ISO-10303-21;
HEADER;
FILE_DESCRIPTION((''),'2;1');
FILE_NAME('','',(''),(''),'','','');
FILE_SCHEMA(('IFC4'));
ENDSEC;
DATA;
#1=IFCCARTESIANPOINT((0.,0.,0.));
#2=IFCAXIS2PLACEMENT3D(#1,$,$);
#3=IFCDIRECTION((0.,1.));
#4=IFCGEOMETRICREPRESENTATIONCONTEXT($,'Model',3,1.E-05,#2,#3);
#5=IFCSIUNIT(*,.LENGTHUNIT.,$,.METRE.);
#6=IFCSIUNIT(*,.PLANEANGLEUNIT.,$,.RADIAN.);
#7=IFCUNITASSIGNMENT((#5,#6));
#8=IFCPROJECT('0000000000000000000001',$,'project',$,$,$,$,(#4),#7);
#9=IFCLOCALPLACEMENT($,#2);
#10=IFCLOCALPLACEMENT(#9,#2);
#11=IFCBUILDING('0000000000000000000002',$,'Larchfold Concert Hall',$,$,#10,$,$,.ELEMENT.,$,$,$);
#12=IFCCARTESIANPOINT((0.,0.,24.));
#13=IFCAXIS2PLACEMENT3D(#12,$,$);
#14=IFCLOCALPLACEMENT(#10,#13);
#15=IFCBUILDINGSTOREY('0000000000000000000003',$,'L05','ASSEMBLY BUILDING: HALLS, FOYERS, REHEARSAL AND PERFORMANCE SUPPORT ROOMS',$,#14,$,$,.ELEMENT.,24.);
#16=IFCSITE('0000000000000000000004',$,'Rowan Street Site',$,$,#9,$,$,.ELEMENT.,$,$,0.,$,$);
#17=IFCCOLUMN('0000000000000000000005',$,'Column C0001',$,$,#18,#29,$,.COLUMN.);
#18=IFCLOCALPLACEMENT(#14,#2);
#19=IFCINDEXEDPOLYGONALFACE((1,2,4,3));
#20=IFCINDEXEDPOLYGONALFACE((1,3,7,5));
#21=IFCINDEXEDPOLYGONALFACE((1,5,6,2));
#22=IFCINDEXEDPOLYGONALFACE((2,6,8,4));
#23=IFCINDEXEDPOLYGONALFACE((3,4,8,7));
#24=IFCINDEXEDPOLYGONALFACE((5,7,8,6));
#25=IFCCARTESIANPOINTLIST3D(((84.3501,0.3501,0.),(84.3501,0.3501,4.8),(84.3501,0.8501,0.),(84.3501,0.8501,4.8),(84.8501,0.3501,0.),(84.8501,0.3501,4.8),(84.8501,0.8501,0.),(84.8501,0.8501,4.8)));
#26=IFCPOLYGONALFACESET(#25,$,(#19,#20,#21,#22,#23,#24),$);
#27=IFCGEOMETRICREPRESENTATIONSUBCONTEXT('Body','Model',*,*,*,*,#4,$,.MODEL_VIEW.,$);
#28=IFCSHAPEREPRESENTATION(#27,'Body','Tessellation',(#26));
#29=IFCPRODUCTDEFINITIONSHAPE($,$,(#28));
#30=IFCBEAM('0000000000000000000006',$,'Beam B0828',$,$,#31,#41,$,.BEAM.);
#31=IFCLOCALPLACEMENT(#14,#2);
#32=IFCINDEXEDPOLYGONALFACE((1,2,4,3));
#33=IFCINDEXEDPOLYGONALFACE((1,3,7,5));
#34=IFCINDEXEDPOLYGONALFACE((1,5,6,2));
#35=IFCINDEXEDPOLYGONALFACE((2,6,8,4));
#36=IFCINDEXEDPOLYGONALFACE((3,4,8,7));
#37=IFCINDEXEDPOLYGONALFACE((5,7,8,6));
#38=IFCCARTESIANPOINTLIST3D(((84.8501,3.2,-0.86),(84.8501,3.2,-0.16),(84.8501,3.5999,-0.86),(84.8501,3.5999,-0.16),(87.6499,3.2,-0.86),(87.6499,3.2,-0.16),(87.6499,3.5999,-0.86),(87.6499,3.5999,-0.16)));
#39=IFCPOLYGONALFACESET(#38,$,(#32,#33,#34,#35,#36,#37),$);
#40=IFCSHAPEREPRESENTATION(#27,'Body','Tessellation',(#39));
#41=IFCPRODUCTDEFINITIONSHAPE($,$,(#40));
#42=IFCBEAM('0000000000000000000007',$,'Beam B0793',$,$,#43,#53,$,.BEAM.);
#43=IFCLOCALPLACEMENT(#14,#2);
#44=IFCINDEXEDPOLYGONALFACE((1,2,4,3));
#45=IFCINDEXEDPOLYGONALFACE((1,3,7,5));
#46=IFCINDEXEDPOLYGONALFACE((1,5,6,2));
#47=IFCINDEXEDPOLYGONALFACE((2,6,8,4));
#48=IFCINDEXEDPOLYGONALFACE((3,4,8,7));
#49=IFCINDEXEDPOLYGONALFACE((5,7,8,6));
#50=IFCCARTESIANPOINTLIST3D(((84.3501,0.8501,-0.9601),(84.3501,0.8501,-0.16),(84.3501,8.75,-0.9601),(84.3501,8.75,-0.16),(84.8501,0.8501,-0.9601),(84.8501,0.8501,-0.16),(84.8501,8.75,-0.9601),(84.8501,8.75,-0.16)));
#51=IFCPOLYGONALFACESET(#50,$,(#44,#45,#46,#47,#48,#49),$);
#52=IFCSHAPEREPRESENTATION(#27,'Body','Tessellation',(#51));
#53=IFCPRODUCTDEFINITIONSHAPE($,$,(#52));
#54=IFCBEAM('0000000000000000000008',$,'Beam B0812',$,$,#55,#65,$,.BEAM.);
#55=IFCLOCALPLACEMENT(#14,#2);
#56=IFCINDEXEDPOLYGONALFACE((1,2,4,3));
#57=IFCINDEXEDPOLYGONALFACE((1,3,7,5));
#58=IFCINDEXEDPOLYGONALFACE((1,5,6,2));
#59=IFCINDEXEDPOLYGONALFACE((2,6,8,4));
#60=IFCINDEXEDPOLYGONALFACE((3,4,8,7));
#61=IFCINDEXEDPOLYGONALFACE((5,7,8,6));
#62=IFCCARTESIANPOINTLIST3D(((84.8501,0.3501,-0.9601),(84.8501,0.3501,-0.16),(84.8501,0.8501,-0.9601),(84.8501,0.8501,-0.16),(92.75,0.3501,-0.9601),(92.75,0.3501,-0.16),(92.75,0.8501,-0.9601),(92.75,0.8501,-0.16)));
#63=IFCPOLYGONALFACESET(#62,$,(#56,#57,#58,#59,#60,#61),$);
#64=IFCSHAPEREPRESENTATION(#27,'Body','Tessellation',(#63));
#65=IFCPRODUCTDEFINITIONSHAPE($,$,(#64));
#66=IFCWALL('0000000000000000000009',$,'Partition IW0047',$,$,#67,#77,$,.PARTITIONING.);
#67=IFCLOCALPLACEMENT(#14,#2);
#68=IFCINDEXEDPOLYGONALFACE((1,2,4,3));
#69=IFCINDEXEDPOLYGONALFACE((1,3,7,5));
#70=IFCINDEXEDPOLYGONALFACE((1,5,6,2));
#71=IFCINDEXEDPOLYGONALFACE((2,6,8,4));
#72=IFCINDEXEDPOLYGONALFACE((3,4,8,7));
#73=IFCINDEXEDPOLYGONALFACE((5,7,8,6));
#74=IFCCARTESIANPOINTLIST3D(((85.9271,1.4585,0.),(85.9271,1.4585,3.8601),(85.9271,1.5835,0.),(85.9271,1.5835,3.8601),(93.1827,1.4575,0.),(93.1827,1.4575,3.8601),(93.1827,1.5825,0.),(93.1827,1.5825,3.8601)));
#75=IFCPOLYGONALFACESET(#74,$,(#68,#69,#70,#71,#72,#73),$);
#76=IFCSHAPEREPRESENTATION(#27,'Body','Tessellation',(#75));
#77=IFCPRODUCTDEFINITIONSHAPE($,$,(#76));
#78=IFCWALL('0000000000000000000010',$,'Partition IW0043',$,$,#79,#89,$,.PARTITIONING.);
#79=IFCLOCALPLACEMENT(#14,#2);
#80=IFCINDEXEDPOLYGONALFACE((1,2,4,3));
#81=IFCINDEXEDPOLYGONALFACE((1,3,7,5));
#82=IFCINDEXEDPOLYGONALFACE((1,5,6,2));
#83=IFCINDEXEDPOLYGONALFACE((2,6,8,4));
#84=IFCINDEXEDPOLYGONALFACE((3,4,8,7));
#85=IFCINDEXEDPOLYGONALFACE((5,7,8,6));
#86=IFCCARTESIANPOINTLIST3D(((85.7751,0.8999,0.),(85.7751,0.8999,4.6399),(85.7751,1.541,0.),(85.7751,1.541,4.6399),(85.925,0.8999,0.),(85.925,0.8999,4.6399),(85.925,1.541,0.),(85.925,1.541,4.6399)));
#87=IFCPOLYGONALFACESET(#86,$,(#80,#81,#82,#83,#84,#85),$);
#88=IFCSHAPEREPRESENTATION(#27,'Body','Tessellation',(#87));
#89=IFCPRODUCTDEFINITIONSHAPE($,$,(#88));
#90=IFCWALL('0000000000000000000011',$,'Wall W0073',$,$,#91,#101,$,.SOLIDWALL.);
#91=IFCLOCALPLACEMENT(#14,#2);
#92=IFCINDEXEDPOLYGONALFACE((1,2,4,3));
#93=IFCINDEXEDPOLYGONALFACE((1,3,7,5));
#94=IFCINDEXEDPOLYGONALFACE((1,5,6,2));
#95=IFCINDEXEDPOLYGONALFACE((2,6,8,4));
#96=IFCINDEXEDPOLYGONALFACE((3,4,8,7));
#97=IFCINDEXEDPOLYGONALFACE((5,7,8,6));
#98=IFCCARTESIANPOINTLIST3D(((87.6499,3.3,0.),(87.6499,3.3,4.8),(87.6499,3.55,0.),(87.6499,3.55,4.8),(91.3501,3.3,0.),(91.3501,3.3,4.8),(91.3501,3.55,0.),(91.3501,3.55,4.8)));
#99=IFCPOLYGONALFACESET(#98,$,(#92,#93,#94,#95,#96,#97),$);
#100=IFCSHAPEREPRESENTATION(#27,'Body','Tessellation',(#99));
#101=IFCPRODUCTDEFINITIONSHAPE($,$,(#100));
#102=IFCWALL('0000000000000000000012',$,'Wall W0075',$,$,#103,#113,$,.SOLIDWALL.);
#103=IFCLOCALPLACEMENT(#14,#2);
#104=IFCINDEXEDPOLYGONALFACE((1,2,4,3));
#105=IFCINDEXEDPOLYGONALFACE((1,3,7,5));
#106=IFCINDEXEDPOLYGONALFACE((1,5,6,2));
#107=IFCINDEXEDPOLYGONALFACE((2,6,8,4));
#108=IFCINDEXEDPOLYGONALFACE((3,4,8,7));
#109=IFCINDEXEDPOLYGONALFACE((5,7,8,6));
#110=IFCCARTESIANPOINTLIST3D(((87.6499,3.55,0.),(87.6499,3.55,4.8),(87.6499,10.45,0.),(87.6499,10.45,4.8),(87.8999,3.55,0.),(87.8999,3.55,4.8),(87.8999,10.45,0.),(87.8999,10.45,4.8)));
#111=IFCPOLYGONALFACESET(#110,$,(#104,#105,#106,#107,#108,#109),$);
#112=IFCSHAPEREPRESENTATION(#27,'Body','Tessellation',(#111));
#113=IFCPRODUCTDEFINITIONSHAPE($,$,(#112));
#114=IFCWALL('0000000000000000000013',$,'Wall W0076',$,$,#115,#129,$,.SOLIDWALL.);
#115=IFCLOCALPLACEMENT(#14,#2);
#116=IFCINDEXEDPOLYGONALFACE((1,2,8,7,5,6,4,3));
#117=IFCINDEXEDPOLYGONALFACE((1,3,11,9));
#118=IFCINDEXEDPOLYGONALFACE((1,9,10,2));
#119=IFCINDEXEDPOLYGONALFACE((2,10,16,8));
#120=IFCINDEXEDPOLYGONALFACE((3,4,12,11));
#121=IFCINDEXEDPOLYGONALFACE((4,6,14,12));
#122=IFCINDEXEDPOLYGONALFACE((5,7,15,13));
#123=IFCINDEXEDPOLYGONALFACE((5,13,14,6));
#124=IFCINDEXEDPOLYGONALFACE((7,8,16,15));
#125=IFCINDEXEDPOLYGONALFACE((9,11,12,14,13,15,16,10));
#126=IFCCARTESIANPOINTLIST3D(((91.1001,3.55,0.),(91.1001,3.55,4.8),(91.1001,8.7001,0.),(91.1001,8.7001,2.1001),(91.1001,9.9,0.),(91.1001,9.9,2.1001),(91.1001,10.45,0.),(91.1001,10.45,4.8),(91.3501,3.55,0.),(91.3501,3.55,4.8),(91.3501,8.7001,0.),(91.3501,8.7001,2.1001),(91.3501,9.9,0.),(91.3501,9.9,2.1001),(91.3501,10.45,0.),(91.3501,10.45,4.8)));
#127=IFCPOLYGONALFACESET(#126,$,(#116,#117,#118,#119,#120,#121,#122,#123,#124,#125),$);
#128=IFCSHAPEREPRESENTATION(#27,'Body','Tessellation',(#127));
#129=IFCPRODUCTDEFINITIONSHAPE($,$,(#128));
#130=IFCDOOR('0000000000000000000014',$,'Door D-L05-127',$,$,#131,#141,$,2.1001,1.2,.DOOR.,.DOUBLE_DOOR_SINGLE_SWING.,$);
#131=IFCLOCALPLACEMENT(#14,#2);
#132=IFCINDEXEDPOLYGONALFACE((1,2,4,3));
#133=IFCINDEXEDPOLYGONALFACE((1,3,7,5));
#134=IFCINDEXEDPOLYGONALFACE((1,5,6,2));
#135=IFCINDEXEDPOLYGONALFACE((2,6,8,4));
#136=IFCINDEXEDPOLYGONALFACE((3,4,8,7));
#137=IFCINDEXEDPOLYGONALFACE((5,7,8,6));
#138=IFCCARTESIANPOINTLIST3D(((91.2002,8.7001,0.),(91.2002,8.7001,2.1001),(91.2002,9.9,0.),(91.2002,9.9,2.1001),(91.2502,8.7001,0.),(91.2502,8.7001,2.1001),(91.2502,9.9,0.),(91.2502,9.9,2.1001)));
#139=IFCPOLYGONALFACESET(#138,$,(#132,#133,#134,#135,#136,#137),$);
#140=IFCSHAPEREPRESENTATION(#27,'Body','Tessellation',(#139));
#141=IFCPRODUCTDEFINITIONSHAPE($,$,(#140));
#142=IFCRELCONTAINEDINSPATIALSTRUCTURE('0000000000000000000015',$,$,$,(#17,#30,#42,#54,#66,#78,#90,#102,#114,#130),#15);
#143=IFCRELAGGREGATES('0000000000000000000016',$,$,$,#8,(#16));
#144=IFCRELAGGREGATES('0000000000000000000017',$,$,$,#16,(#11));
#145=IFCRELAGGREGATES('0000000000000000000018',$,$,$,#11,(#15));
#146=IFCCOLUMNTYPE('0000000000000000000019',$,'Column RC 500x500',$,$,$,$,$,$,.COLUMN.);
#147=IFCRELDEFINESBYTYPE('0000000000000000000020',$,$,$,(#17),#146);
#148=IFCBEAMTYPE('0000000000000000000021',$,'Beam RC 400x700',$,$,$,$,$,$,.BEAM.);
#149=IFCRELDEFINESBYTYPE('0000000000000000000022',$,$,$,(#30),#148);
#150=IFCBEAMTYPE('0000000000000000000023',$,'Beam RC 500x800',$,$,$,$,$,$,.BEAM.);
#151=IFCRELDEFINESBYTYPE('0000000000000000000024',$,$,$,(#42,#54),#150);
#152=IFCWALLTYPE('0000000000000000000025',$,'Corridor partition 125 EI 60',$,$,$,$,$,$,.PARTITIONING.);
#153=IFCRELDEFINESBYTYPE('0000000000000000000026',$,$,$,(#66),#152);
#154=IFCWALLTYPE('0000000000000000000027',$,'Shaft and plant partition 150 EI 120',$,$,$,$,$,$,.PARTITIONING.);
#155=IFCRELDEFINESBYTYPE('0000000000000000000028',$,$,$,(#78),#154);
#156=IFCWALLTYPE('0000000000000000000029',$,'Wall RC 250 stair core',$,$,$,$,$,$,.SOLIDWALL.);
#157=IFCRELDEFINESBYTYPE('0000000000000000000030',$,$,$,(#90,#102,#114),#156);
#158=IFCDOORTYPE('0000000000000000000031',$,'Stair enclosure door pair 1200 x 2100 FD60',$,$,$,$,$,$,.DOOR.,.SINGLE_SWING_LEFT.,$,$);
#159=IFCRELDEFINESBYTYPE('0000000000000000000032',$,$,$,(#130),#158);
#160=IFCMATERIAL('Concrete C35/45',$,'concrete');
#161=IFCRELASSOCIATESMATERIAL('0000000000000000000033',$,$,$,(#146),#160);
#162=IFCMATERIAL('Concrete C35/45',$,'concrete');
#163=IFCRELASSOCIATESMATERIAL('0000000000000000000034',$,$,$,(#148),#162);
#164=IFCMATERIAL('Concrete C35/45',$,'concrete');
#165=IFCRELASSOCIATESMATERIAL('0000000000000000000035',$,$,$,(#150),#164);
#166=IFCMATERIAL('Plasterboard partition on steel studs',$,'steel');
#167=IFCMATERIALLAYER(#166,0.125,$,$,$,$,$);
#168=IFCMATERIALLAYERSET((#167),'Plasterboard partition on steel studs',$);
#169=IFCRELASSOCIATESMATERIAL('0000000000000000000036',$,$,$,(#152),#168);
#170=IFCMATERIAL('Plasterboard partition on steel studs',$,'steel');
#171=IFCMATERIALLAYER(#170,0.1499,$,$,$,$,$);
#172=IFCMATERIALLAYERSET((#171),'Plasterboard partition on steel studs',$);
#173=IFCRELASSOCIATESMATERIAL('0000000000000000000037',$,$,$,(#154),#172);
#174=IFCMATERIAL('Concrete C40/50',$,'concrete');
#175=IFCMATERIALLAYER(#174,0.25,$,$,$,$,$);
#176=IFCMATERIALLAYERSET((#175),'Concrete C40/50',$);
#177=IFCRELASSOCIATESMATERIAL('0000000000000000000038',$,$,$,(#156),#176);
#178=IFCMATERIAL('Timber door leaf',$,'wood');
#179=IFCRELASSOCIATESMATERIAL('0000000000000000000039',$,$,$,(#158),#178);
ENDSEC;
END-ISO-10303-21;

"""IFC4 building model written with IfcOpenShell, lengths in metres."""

from ifc_helpers import new_model, si_unit, direction, frame, frame_2d, origin, origin_2d, place, context, subcontext, project, spatial, rectangle, extrude, material, layer, layer_set, material_profile, profile_set, type_object, element, fill, save


model = new_model("IFC4")

# Units and contexts
model_context = context("Model", 3, precision=1e-05, world=origin(), true_north=direction((0.0, 1.0)))
body_context = subcontext(model_context, "Body", "Model", "MODEL_VIEW")
ifc_project = project(units=[si_unit("LENGTHUNIT", "METRE"), si_unit("PLANEANGLEUNIT", "RADIAN")], contexts=[model_context])

# Site, building, storey
site_placement = place(None, origin())
site = spatial("IfcSite", under=ifc_project, at=site_placement, Name="Rowan Street Site", CompositionType="ELEMENT", RefElevation=0.0)
building_placement = place(site_placement, origin())
building = spatial("IfcBuilding", under=site, at=building_placement, Name="Larchfold Concert Hall", CompositionType="ELEMENT")
storey_placement = place(building_placement, frame((0.0, 0.0, 24.0)))
storey = spatial("IfcBuildingStorey", under=building, at=storey_placement, Name="L05", Description="ASSEMBLY BUILDING: HALLS, FOYERS, REHEARSAL AND PERFORMANCE SUPPORT ROOMS", CompositionType="ELEMENT", Elevation=24.0)

# Column
ifc_material_1 = material(Name="Concrete C35/45", Category="concrete")
ifc_material_profile_1 = material_profile(ifc_material_1, rectangle(XDim=0.5, YDim=0.5, at=origin_2d()))
ifc_profile_set_1 = profile_set([ifc_material_profile_1], Name="Concrete C35/45")
column_type = type_object("IfcColumnType", Name="Column RC 500x500", PredefinedType="COLUMN", material=ifc_profile_set_1)
column_placement = place(storey_placement, frame((84.6001, 0.6001, 0.0), z_axis=(0.0, 0.0, 1.0), x_axis=(1.0, 0.0, 0.0)))
element("IfcColumn", 1, at=column_placement, inside=storey, type_object=column_type, Name="Column C0001", PredefinedType="COLUMN", context=body_context, shape_type="SweptSolid", body=[
    extrude(rectangle(XDim=0.5, YDim=0.5, at=origin_2d()), origin(), (0.0, 0.0, 1.0), 4.8),
])

# Beams
ifc_material_2 = material(Name="Concrete C35/45", Category="concrete")
ifc_material_profile_2 = material_profile(ifc_material_2, rectangle(XDim=0.3999, YDim=0.7, at=origin_2d()))
ifc_profile_set_2 = profile_set([ifc_material_profile_2], Name="Concrete C35/45")
beam_type_1 = type_object("IfcBeamType", Name="Beam RC 400x700", PredefinedType="BEAM", material=ifc_profile_set_2)
beam_placement = place(storey_placement, frame((84.8501, 3.3999, -0.51), z_axis=(1.0, 0.0, 0.0), x_axis=(0.0, 1.0, 0.0)))
element("IfcBeam", 2, at=beam_placement, inside=storey, type_object=beam_type_1, Name="Beam B0828", PredefinedType="BEAM", context=body_context, shape_type="SweptSolid", body=[
    extrude(rectangle(XDim=0.3999, YDim=0.7, at=origin_2d()), origin(), (0.0, 0.0, 1.0), 2.7998),
])
ifc_material_3 = material(Name="Concrete C35/45", Category="concrete")
ifc_material_profile_3 = material_profile(ifc_material_3, rectangle(XDim=0.5, YDim=0.8, at=origin_2d()))
ifc_profile_set_3 = profile_set([ifc_material_profile_3], Name="Concrete C35/45")
beam_type_2 = type_object("IfcBeamType", Name="Beam RC 500x800", PredefinedType="BEAM", material=ifc_profile_set_3)
for number, where, z_axis, x_axis, name in (
    (3, (84.6001, 0.8501, -0.5601), (0.0, 1.0, 0.0), (-1.0, 0.0, 0.0), "Beam B0793"),
    (4, (84.8501, 0.6001, -0.5601), (1.0, 0.0, 0.0), (0.0, 1.0, 0.0), "Beam B0812"),
):
    element("IfcBeam", number, at=place(storey_placement, frame(where, z_axis=z_axis, x_axis=x_axis)), inside=storey, type_object=beam_type_2, Name=name, PredefinedType="BEAM", context=body_context, shape_type="SweptSolid", body=[
        extrude(rectangle(XDim=0.5, YDim=0.8, at=origin_2d()), origin(), (0.0, 0.0, 1.0), 7.8999),
    ])

# Walls
ifc_material_4 = material(Name="Plasterboard partition on steel studs", Category="steel")
ifc_layer_1 = layer(ifc_material_4, 0.125)
ifc_layer_set_1 = layer_set([ifc_layer_1], Name="Plasterboard partition on steel studs")
wall_type_1 = type_object("IfcWallType", Name="Corridor partition 125 EI 60", PredefinedType="PARTITIONING", material=ifc_layer_set_1)
wall_1_placement = place(storey_placement, frame((85.927, 1.521, 0.0), z_axis=(0.0, 0.0, 1.0), x_axis=(1.0, -0.000135, 0.0)))
element("IfcWall", 5, at=wall_1_placement, inside=storey, type_object=wall_type_1, Name="Partition IW0047", PredefinedType="PARTITIONING", context=body_context, shape_type="SweptSolid", body=[
    extrude(rectangle(XDim=7.2556, YDim=0.125, at=frame_2d((3.6279, 0.0))), origin(), (0.0, 0.0, 1.0), 3.8601),
])
ifc_material_5 = material(Name="Plasterboard partition on steel studs", Category="steel")
ifc_layer_2 = layer(ifc_material_5, 0.1499)
ifc_layer_set_2 = layer_set([ifc_layer_2], Name="Plasterboard partition on steel studs")
wall_type_2 = type_object("IfcWallType", Name="Shaft and plant partition 150 EI 120", PredefinedType="PARTITIONING", material=ifc_layer_set_2)
wall_2_placement = place(storey_placement, frame((85.8501, 1.541, 0.0), z_axis=(0.0, 0.0, 1.0), x_axis=(0.0, -1.0, 0.0)))
element("IfcWall", 6, at=wall_2_placement, inside=storey, type_object=wall_type_2, Name="Partition IW0043", PredefinedType="PARTITIONING", context=body_context, shape_type="SweptSolid", body=[
    extrude(rectangle(XDim=0.6411, YDim=0.1499, at=frame_2d((0.3206, 0.0))), origin(), (0.0, 0.0, 1.0), 4.6399),
])
ifc_material_6 = material(Name="Concrete C40/50", Category="concrete")
ifc_layer_3 = layer(ifc_material_6, 0.25)
ifc_layer_set_3 = layer_set([ifc_layer_3], Name="Concrete C40/50")
wall_type_3 = type_object("IfcWallType", Name="Wall RC 250 stair core", PredefinedType="SOLIDWALL", material=ifc_layer_set_3)
wall_3_placement = place(storey_placement, frame((87.6499, 3.425, 0.0), z_axis=(0.0, 0.0, 1.0), x_axis=(1.0, 0.0, 0.0)))
element("IfcWall", 7, at=wall_3_placement, inside=storey, type_object=wall_type_3, Name="Wall W0073", PredefinedType="SOLIDWALL", context=body_context, shape_type="SweptSolid", body=[
    extrude(rectangle(XDim=3.7002, YDim=0.25, at=frame_2d((1.8501, 0.0))), origin(), (0.0, 0.0, 1.0), 4.8),
])
wall_4_placement = place(storey_placement, frame((87.7749, 3.55, 0.0), z_axis=(0.0, 0.0, 1.0), x_axis=(0.0, 1.0, 0.0)))
element("IfcWall", 8, at=wall_4_placement, inside=storey, type_object=wall_type_3, Name="Wall W0075", PredefinedType="SOLIDWALL", context=body_context, shape_type="SweptSolid", body=[
    extrude(rectangle(XDim=6.8999, YDim=0.25, at=frame_2d((3.45, 0.0))), origin(), (0.0, 0.0, 1.0), 4.8),
])

# Wall, opening, door
wall_5_placement = place(storey_placement, frame((91.2251, 3.55, 0.0), z_axis=(0.0, 0.0, 1.0), x_axis=(0.0, 1.0, 0.0)))
wall_5 = element("IfcWall", 9, at=wall_5_placement, inside=storey, type_object=wall_type_3, Name="Wall W0076", PredefinedType="SOLIDWALL", context=body_context, shape_type="SweptSolid", body=[
    extrude(rectangle(XDim=6.8999, YDim=0.25, at=frame_2d((3.45, 0.0))), origin(), (0.0, 0.0, 1.0), 4.8),
])
opening_1_placement = place(wall_5_placement, frame((5.1499, 0.0, 0.0)))
opening_1 = element("IfcOpeningElement", 10, at=opening_1_placement, cuts=wall_5, PredefinedType="OPENING", context=body_context, shape_type="SweptSolid", body=[
    extrude(rectangle(XDim=1.2, YDim=2.1001, at=frame_2d((0.6001, 1.05))), frame((0.0, 0.135, 0.0), z_axis=(0.0, -1.0, 0.0), x_axis=(1.0, 0.0, 0.0)), (0.0, 0.0, 1.0), 0.27),
])
ifc_material_7 = material(Name="Timber door leaf", Category="wood")
door_type = type_object("IfcDoorType", Name="Stair enclosure door pair 1200 x 2100 FD60", OperationType="SINGLE_SWING_LEFT", PredefinedType="DOOR", material=ifc_material_7)
door_placement = place(opening_1_placement, origin())
door = element("IfcDoor", 11, at=door_placement, inside=storey, type_object=door_type, Name="Door D-L05-127", OperationType="DOUBLE_DOOR_SINGLE_SWING", OverallHeight=2.1001, OverallWidth=1.2, PredefinedType="DOOR", context=body_context, shape_type="SweptSolid", body=[
    extrude(rectangle(XDim=1.2, YDim=2.1001, at=frame_2d((0.6001, 1.05))), frame((0.0, 0.0249, 0.0), z_axis=(0.0, -1.0, 0.0), x_axis=(1.0, 0.0, 0.0)), (0.0, 0.0, 1.0), 0.05),
])
fill(opening_1, door)

save(model, "model.ifc")
